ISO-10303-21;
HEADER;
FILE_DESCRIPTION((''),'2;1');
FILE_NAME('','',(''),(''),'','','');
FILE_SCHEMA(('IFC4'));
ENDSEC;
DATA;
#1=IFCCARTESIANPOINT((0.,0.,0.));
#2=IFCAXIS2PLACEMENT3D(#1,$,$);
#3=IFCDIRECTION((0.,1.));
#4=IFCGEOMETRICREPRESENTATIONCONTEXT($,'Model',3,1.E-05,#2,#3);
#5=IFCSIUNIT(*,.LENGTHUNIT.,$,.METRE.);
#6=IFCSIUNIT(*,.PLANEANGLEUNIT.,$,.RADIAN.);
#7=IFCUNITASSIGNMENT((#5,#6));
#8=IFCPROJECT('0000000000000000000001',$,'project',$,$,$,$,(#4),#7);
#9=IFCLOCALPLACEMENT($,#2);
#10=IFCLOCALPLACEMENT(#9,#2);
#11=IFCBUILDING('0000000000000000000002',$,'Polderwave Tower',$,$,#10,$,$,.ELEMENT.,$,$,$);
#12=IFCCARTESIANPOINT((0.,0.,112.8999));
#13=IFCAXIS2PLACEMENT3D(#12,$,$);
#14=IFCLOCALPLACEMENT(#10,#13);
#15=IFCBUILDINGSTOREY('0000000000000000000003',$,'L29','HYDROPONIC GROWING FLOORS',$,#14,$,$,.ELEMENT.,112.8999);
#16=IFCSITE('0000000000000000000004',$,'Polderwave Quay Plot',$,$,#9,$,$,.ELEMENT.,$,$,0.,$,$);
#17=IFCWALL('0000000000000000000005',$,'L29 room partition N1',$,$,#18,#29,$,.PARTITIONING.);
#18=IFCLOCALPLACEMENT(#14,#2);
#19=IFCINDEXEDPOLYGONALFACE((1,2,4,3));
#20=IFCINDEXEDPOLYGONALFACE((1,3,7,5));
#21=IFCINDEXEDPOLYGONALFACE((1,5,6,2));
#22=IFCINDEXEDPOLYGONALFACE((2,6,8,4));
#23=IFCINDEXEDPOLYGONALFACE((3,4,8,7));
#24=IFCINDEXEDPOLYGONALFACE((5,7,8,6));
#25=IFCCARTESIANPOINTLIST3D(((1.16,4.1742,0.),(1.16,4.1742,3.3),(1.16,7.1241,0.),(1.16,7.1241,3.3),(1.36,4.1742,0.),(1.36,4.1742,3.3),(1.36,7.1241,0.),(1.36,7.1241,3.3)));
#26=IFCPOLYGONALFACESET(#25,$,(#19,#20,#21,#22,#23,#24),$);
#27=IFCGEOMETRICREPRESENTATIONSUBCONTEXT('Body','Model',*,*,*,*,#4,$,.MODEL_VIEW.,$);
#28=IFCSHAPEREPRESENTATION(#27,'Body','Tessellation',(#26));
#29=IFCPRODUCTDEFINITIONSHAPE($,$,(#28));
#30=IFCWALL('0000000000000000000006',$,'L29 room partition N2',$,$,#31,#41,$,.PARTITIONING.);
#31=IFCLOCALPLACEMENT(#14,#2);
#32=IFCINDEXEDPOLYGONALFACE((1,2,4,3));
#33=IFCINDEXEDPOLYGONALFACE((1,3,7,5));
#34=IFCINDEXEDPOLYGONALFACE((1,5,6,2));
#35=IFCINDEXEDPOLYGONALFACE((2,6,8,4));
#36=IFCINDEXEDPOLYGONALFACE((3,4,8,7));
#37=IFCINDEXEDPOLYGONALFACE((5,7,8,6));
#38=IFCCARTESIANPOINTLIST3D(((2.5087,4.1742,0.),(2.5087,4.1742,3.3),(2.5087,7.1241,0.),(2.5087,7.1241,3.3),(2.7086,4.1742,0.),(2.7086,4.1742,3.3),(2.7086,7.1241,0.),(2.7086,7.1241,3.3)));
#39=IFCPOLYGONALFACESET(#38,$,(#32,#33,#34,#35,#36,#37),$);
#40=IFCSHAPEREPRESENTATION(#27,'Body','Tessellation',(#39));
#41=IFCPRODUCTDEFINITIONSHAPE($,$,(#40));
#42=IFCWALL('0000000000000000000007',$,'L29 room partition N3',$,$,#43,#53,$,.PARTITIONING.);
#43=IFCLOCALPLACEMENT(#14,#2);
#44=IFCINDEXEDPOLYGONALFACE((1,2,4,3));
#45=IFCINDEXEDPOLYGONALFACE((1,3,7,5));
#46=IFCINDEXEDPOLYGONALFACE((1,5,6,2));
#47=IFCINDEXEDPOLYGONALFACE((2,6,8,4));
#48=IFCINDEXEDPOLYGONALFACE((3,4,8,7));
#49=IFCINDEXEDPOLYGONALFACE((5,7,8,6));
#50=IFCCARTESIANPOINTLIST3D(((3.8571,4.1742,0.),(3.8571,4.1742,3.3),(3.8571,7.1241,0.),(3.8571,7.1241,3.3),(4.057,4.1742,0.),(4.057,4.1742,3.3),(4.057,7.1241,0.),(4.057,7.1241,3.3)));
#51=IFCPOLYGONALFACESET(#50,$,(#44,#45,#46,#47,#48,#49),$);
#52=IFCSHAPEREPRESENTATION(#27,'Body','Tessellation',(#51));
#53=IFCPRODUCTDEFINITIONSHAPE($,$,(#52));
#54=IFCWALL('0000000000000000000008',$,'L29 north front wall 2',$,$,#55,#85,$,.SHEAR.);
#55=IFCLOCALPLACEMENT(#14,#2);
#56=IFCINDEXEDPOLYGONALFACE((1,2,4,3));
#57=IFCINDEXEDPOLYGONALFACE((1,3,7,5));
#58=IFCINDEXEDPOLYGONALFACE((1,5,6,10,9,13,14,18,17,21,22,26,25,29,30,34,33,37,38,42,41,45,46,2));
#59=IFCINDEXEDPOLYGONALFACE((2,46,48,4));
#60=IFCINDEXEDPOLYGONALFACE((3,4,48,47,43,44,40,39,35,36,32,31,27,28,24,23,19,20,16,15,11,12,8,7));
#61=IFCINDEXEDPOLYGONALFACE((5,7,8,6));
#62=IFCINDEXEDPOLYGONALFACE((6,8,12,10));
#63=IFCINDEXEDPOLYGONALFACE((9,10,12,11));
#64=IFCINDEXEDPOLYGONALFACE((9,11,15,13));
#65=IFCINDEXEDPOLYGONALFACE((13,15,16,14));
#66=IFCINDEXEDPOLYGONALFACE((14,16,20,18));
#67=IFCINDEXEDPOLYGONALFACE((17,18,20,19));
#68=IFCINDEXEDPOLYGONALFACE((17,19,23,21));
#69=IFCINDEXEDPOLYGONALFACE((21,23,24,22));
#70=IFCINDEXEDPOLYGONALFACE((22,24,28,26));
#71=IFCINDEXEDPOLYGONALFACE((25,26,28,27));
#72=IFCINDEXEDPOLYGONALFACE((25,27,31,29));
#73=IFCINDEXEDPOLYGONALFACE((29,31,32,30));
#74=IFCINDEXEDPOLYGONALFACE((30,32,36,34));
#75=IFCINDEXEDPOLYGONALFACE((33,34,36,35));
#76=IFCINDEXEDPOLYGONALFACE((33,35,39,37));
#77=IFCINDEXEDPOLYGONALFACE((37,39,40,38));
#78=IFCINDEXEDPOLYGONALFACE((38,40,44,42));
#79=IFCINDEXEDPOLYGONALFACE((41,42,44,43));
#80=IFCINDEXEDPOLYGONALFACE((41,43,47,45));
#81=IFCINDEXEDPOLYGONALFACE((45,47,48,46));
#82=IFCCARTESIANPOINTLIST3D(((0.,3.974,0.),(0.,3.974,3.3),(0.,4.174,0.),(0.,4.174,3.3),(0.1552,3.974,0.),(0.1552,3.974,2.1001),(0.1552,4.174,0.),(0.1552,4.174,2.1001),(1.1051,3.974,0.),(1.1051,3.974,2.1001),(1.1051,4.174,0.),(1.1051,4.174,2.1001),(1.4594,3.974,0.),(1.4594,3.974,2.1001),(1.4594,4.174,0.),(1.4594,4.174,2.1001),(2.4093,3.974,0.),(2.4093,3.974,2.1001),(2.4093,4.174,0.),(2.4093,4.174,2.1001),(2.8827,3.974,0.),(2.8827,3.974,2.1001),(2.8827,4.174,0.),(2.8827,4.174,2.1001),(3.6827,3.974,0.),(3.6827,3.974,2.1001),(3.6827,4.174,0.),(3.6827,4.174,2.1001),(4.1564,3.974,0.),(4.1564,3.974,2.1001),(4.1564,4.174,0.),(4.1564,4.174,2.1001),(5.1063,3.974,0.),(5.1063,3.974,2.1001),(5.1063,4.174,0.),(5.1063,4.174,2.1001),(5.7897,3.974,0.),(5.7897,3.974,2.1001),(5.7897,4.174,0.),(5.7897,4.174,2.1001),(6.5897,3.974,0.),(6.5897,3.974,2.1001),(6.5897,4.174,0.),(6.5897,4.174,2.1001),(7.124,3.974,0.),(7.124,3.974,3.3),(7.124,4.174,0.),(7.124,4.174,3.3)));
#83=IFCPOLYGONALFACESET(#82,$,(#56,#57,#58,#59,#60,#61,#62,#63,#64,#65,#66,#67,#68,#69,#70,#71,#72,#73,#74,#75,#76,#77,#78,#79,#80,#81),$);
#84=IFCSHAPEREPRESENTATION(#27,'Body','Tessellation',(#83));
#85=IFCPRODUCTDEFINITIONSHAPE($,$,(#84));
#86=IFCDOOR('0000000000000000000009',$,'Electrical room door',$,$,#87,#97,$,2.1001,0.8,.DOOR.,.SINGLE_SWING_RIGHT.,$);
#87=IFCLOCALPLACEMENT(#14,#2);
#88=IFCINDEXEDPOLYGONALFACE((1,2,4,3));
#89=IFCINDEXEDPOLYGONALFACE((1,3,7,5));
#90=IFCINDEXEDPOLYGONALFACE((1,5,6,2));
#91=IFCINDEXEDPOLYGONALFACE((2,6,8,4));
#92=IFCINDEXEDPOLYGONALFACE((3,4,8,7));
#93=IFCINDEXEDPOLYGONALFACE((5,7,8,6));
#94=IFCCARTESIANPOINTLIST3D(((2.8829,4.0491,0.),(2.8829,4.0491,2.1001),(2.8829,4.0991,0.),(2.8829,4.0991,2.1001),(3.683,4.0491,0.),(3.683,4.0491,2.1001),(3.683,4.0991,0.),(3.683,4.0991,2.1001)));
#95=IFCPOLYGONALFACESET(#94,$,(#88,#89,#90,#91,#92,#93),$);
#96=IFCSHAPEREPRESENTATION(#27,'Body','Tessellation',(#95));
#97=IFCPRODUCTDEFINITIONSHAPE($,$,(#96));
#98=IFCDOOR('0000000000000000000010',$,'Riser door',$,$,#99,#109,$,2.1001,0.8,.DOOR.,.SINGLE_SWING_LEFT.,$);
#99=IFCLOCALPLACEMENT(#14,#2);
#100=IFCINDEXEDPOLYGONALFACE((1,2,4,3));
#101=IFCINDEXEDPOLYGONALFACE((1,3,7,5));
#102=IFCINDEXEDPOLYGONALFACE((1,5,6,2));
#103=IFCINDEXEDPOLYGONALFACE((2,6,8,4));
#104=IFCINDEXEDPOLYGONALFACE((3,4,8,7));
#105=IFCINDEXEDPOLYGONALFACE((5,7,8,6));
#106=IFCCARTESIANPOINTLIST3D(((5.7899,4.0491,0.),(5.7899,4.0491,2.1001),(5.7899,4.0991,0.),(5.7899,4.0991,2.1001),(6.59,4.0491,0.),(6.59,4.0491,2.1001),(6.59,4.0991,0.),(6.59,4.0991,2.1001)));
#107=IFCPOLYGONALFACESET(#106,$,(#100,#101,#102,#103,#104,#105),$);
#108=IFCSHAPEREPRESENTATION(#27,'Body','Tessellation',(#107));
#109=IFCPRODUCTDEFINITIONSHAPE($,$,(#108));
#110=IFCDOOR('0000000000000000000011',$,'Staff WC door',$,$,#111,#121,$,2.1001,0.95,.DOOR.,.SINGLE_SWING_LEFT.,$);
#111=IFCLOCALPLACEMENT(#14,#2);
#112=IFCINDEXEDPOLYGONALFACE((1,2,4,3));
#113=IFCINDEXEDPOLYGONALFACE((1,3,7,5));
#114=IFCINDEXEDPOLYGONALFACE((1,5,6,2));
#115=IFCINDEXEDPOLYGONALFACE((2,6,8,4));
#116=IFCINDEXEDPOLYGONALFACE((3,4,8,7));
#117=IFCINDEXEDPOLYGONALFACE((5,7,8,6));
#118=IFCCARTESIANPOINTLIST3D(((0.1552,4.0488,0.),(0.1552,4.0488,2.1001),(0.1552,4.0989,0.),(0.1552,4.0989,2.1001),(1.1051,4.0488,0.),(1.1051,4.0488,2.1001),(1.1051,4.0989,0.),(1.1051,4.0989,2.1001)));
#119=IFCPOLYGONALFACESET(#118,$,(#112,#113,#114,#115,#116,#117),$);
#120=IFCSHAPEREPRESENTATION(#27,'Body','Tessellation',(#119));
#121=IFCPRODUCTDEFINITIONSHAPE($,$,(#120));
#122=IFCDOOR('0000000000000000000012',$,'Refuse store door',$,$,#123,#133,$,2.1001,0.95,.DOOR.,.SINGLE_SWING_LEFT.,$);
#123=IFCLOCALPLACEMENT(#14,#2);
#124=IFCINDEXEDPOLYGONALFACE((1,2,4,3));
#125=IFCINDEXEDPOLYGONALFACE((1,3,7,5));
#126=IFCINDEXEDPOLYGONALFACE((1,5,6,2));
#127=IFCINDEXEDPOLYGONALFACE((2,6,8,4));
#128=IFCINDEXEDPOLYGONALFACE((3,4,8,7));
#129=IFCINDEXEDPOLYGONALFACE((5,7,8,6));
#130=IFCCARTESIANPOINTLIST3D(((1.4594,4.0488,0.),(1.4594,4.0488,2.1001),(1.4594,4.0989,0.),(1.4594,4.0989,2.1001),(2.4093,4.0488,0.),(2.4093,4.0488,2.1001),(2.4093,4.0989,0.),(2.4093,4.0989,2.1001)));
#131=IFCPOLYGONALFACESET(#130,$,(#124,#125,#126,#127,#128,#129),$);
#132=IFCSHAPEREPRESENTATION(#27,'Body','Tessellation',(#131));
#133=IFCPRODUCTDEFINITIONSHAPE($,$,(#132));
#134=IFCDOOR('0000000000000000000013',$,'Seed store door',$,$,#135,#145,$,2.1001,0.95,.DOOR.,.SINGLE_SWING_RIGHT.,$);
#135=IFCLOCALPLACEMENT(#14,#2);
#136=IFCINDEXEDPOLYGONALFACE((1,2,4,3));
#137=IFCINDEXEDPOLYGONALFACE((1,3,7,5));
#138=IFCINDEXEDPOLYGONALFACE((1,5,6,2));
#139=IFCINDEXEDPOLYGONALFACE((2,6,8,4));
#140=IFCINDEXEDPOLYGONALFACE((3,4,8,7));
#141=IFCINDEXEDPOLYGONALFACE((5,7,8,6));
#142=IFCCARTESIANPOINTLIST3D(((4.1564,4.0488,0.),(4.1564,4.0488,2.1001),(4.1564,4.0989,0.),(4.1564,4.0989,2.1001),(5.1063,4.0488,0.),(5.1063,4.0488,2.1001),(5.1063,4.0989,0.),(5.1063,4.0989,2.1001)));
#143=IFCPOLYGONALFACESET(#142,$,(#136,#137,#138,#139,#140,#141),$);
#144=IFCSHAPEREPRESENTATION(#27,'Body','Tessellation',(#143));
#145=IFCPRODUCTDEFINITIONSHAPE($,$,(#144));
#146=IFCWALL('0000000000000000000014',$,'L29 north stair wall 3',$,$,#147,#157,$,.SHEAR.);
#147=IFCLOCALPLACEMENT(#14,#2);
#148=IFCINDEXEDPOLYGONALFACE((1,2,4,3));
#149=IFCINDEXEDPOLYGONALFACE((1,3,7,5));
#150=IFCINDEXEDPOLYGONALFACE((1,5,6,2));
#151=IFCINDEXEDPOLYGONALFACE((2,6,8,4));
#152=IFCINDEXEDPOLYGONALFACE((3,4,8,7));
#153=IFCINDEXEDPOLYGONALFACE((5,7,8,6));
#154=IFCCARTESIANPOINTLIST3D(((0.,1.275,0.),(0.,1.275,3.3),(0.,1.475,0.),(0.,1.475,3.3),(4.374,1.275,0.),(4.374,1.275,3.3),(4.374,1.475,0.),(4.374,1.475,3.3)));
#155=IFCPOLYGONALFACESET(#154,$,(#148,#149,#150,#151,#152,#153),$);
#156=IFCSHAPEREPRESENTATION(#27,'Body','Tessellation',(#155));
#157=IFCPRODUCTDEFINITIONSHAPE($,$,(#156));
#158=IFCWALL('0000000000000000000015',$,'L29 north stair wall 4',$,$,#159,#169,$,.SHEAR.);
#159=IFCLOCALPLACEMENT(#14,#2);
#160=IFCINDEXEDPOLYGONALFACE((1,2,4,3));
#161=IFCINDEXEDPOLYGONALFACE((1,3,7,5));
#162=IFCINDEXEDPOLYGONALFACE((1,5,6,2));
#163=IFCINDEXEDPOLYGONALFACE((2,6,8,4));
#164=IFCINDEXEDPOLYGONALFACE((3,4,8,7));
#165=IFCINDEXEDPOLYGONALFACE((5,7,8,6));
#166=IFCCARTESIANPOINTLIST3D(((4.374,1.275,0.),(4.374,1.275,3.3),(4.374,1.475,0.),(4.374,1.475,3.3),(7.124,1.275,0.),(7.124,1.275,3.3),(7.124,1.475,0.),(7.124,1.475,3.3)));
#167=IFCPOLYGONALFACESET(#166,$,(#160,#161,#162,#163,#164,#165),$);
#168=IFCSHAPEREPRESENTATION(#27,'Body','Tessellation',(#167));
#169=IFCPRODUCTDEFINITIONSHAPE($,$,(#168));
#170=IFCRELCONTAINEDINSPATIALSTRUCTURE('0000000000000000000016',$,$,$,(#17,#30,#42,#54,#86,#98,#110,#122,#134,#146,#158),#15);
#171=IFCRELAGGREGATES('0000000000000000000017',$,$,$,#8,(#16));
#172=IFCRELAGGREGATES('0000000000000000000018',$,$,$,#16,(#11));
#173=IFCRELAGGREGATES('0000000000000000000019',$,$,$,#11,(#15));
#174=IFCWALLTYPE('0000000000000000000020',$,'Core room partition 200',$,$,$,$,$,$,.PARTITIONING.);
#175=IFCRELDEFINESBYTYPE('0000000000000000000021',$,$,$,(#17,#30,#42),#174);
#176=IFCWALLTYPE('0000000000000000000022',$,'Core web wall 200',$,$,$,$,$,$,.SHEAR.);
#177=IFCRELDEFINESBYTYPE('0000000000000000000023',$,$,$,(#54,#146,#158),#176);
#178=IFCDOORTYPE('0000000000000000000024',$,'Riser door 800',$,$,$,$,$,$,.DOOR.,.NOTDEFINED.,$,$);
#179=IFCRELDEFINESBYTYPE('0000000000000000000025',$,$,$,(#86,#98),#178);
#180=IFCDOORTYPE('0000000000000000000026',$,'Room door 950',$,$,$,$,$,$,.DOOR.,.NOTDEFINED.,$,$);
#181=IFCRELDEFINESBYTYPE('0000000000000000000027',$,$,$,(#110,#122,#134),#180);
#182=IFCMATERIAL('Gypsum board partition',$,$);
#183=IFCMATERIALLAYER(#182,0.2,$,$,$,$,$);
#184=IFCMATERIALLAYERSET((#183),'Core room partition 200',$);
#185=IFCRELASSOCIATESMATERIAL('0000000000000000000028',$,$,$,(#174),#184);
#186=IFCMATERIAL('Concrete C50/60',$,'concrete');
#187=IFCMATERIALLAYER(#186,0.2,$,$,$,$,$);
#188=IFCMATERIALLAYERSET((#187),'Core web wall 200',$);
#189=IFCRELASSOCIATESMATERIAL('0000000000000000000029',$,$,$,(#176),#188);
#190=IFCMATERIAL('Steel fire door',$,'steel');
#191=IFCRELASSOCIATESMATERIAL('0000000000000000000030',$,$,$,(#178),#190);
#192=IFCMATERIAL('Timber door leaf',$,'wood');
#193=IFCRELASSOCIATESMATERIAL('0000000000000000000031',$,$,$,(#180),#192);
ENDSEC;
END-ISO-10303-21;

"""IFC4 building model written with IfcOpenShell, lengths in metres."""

from ifc_helpers import new_model, si_unit, direction, frame, frame_2d, origin, place, context, subcontext, project, spatial, rectangle, extrude, material, layer, layer_set, type_object, element, fill, save


model = new_model("IFC4")

# Units and contexts
model_context = context("Model", 3, precision=1e-05, world=origin(), true_north=direction((0.0, 1.0)))
body_context = subcontext(model_context, "Body", "Model", "MODEL_VIEW")
ifc_project = project(units=[si_unit("LENGTHUNIT", "METRE"), si_unit("PLANEANGLEUNIT", "RADIAN")], contexts=[model_context])

# Site, building, storey
site_placement = place(None, origin())
site = spatial("IfcSite", under=ifc_project, at=site_placement, Name="Polderwave Quay Plot", CompositionType="ELEMENT", RefElevation=0.0)
building_placement = place(site_placement, origin())
building = spatial("IfcBuilding", under=site, at=building_placement, Name="Polderwave Tower", CompositionType="ELEMENT")
storey_placement = place(building_placement, frame((0.0, 0.0, 112.8999)))
storey = spatial("IfcBuildingStorey", under=building, at=storey_placement, Name="L29", Description="HYDROPONIC GROWING FLOORS", CompositionType="ELEMENT", Elevation=112.8999)

# Walls
ifc_material_1 = material(Name="Gypsum board partition")
ifc_layer_1 = layer(ifc_material_1, 0.2)
ifc_layer_set_1 = layer_set([ifc_layer_1], Name="Core room partition 200")
wall_type_1 = type_object("IfcWallType", Name="Core room partition 200", PredefinedType="PARTITIONING", material=ifc_layer_set_1)
for number, where, z_axis, x_axis, name in (
    (1, (1.26, 4.1741, 0.0), (0.0, 0.0, 1.0), (0.0, 1.0, 0.0), "L29 room partition N1"),
    (2, (2.6086, 4.1741, 0.0), (0.0, 0.0, 1.0), (0.0, 1.0, 0.0), "L29 room partition N2"),
    (3, (3.957, 4.1741, 0.0), (0.0, 0.0, 1.0), (0.0, 1.0, 0.0), "L29 room partition N3"),
):
    element("IfcWall", number, at=place(storey_placement, frame(where, z_axis=z_axis, x_axis=x_axis)), inside=storey, type_object=wall_type_1, Name=name, PredefinedType="PARTITIONING", context=body_context, shape_type="SweptSolid", body=[
        extrude(rectangle(XDim=2.95, YDim=0.2, at=frame_2d((1.4751, 0.0))), origin(), (0.0, 0.0, 1.0), 3.3),
    ])

# Wall, openings, doors
ifc_material_2 = material(Name="Concrete C50/60", Category="concrete")
ifc_layer_2 = layer(ifc_material_2, 0.2)
ifc_layer_set_2 = layer_set([ifc_layer_2], Name="Core web wall 200")
wall_type_2 = type_object("IfcWallType", Name="Core web wall 200", PredefinedType="SHEAR", material=ifc_layer_set_2)
wall_1_placement = place(storey_placement, frame((0.0, 4.074, 0.0), z_axis=(0.0, 0.0, 1.0), x_axis=(1.0, 0.0, 0.0)))
wall_1 = element("IfcWall", 4, at=wall_1_placement, inside=storey, type_object=wall_type_2, Name="L29 north front wall 2", PredefinedType="SHEAR", context=body_context, shape_type="SweptSolid", body=[
    extrude(rectangle(XDim=7.124, YDim=0.2, at=frame_2d((3.562, 0.0))), origin(), (0.0, 0.0, 1.0), 3.3),
])
opening_1_placement = place(wall_1_placement, frame((0.155, 0.0, 0.0)))
opening_1 = element("IfcOpeningElement", 5, at=opening_1_placement, cuts=wall_1, PredefinedType="OPENING", context=body_context, shape_type="SweptSolid", body=[
    extrude(rectangle(XDim=0.95, YDim=2.1001, at=frame_2d((0.4751, 1.05))), frame((0.0, 0.1099, 0.0), z_axis=(0.0, -1.0, 0.0), x_axis=(1.0, 0.0, 0.0)), (0.0, 0.0, 1.0), 0.22),
])
opening_2_placement = place(wall_1_placement, frame((1.4592, 0.0, 0.0)))
opening_2 = element("IfcOpeningElement", 6, at=opening_2_placement, cuts=wall_1, PredefinedType="OPENING", context=body_context, shape_type="SweptSolid", body=[
    extrude(rectangle(XDim=0.95, YDim=2.1001, at=frame_2d((0.4751, 1.05))), frame((0.0, 0.1099, 0.0), z_axis=(0.0, -1.0, 0.0), x_axis=(1.0, 0.0, 0.0)), (0.0, 0.0, 1.0), 0.22),
])
opening_3_placement = place(wall_1_placement, frame((2.8828, 0.0, 0.0)))
opening_3 = element("IfcOpeningElement", 7, at=opening_3_placement, cuts=wall_1, PredefinedType="OPENING", context=body_context, shape_type="SweptSolid", body=[
    extrude(rectangle(XDim=0.8, YDim=2.1001, at=frame_2d((0.3999, 1.05))), frame((0.0, 0.1099, 0.0), z_axis=(0.0, -1.0, 0.0), x_axis=(1.0, 0.0, 0.0)), (0.0, 0.0, 1.0), 0.22),
])
opening_4_placement = place(wall_1_placement, frame((4.1562, 0.0, 0.0)))
opening_4 = element("IfcOpeningElement", 8, at=opening_4_placement, cuts=wall_1, PredefinedType="OPENING", context=body_context, shape_type="SweptSolid", body=[
    extrude(rectangle(XDim=0.95, YDim=2.1001, at=frame_2d((0.4751, 1.05))), frame((0.0, 0.1099, 0.0), z_axis=(0.0, -1.0, 0.0), x_axis=(1.0, 0.0, 0.0)), (0.0, 0.0, 1.0), 0.22),
])
opening_5_placement = place(wall_1_placement, frame((5.7898, 0.0, 0.0)))
opening_5 = element("IfcOpeningElement", 9, at=opening_5_placement, cuts=wall_1, PredefinedType="OPENING", context=body_context, shape_type="SweptSolid", body=[
    extrude(rectangle(XDim=0.8, YDim=2.1001, at=frame_2d((0.3999, 1.05))), frame((0.0, 0.1099, 0.0), z_axis=(0.0, -1.0, 0.0), x_axis=(1.0, 0.0, 0.0)), (0.0, 0.0, 1.0), 0.22),
])
ifc_material_3 = material(Name="Steel fire door", Category="steel")
door_type_1 = type_object("IfcDoorType", Name="Riser door 800", OperationType="NOTDEFINED", PredefinedType="DOOR", material=ifc_material_3)
door_1_placement = place(opening_3_placement, frame((0.8, 0.0, 0.0), z_axis=(0.0, 0.0, 1.0), x_axis=(-1.0, 0.0, 0.0)))
door_1 = element("IfcDoor", 10, at=door_1_placement, inside=storey, type_object=door_type_1, Name="Electrical room door", OperationType="SINGLE_SWING_RIGHT", OverallHeight=2.1001, OverallWidth=0.8, PredefinedType="DOOR", context=body_context, shape_type="SweptSolid", body=[
    extrude(rectangle(XDim=0.8, YDim=2.1001, at=frame_2d((0.3999, 1.05))), frame((0.0, 0.0249, 0.0), z_axis=(0.0, -1.0, 0.0), x_axis=(1.0, 0.0, 0.0)), (0.0, 0.0, 1.0), 0.05),
])
fill(opening_3, door_1)
door_2_placement = place(opening_5_placement, frame((0.8, 0.0, 0.0), z_axis=(0.0, 0.0, 1.0), x_axis=(-1.0, 0.0, 0.0)))
door_2 = element("IfcDoor", 11, at=door_2_placement, inside=storey, type_object=door_type_1, Name="Riser door", OperationType="SINGLE_SWING_LEFT", OverallHeight=2.1001, OverallWidth=0.8, PredefinedType="DOOR", context=body_context, shape_type="SweptSolid", body=[
    extrude(rectangle(XDim=0.8, YDim=2.1001, at=frame_2d((0.3999, 1.05))), frame((0.0, 0.0249, 0.0), z_axis=(0.0, -1.0, 0.0), x_axis=(1.0, 0.0, 0.0)), (0.0, 0.0, 1.0), 0.05),
])
fill(opening_5, door_2)
ifc_material_4 = material(Name="Timber door leaf", Category="wood")
door_type_2 = type_object("IfcDoorType", Name="Room door 950", OperationType="NOTDEFINED", PredefinedType="DOOR", material=ifc_material_4)
door_3_placement = place(opening_1_placement, origin())
door_3 = element("IfcDoor", 12, at=door_3_placement, inside=storey, type_object=door_type_2, Name="Staff WC door", OperationType="SINGLE_SWING_LEFT", OverallHeight=2.1001, OverallWidth=0.95, PredefinedType="DOOR", context=body_context, shape_type="SweptSolid", body=[
    extrude(rectangle(XDim=0.95, YDim=2.1001, at=frame_2d((0.4751, 1.05))), frame((0.0, 0.0249, 0.0), z_axis=(0.0, -1.0, 0.0), x_axis=(1.0, 0.0, 0.0)), (0.0, 0.0, 1.0), 0.05),
])
fill(opening_1, door_3)
door_4_placement = place(opening_2_placement, origin())
door_4 = element("IfcDoor", 13, at=door_4_placement, inside=storey, type_object=door_type_2, Name="Refuse store door", OperationType="SINGLE_SWING_LEFT", OverallHeight=2.1001, OverallWidth=0.95, PredefinedType="DOOR", context=body_context, shape_type="SweptSolid", body=[
    extrude(rectangle(XDim=0.95, YDim=2.1001, at=frame_2d((0.4751, 1.05))), frame((0.0, 0.0249, 0.0), z_axis=(0.0, -1.0, 0.0), x_axis=(1.0, 0.0, 0.0)), (0.0, 0.0, 1.0), 0.05),
])
fill(opening_2, door_4)
door_5_placement = place(opening_4_placement, origin())
door_5 = element("IfcDoor", 14, at=door_5_placement, inside=storey, type_object=door_type_2, Name="Seed store door", OperationType="SINGLE_SWING_RIGHT", OverallHeight=2.1001, OverallWidth=0.95, PredefinedType="DOOR", context=body_context, shape_type="SweptSolid", body=[
    extrude(rectangle(XDim=0.95, YDim=2.1001, at=frame_2d((0.4751, 1.05))), frame((0.0, 0.0249, 0.0), z_axis=(0.0, -1.0, 0.0), x_axis=(1.0, 0.0, 0.0)), (0.0, 0.0, 1.0), 0.05),
])
fill(opening_4, door_5)

# Walls
wall_2_placement = place(storey_placement, frame((0.0, 1.375, 0.0), z_axis=(0.0, 0.0, 1.0), x_axis=(1.0, 0.0, 0.0)))
element("IfcWall", 15, at=wall_2_placement, inside=storey, type_object=wall_type_2, Name="L29 north stair wall 3", PredefinedType="SHEAR", context=body_context, shape_type="SweptSolid", body=[
    extrude(rectangle(XDim=4.374, YDim=0.2, at=frame_2d((2.187, 0.0))), origin(), (0.0, 0.0, 1.0), 3.3),
])
wall_3_placement = place(storey_placement, frame((4.374, 1.375, 0.0), z_axis=(0.0, 0.0, 1.0), x_axis=(1.0, 0.0, 0.0)))
element("IfcWall", 16, at=wall_3_placement, inside=storey, type_object=wall_type_2, Name="L29 north stair wall 4", PredefinedType="SHEAR", context=body_context, shape_type="SweptSolid", body=[
    extrude(rectangle(XDim=2.75, YDim=0.2, at=frame_2d((1.375, 0.0))), origin(), (0.0, 0.0, 1.0), 3.3),
])

save(model, "model.ifc")
